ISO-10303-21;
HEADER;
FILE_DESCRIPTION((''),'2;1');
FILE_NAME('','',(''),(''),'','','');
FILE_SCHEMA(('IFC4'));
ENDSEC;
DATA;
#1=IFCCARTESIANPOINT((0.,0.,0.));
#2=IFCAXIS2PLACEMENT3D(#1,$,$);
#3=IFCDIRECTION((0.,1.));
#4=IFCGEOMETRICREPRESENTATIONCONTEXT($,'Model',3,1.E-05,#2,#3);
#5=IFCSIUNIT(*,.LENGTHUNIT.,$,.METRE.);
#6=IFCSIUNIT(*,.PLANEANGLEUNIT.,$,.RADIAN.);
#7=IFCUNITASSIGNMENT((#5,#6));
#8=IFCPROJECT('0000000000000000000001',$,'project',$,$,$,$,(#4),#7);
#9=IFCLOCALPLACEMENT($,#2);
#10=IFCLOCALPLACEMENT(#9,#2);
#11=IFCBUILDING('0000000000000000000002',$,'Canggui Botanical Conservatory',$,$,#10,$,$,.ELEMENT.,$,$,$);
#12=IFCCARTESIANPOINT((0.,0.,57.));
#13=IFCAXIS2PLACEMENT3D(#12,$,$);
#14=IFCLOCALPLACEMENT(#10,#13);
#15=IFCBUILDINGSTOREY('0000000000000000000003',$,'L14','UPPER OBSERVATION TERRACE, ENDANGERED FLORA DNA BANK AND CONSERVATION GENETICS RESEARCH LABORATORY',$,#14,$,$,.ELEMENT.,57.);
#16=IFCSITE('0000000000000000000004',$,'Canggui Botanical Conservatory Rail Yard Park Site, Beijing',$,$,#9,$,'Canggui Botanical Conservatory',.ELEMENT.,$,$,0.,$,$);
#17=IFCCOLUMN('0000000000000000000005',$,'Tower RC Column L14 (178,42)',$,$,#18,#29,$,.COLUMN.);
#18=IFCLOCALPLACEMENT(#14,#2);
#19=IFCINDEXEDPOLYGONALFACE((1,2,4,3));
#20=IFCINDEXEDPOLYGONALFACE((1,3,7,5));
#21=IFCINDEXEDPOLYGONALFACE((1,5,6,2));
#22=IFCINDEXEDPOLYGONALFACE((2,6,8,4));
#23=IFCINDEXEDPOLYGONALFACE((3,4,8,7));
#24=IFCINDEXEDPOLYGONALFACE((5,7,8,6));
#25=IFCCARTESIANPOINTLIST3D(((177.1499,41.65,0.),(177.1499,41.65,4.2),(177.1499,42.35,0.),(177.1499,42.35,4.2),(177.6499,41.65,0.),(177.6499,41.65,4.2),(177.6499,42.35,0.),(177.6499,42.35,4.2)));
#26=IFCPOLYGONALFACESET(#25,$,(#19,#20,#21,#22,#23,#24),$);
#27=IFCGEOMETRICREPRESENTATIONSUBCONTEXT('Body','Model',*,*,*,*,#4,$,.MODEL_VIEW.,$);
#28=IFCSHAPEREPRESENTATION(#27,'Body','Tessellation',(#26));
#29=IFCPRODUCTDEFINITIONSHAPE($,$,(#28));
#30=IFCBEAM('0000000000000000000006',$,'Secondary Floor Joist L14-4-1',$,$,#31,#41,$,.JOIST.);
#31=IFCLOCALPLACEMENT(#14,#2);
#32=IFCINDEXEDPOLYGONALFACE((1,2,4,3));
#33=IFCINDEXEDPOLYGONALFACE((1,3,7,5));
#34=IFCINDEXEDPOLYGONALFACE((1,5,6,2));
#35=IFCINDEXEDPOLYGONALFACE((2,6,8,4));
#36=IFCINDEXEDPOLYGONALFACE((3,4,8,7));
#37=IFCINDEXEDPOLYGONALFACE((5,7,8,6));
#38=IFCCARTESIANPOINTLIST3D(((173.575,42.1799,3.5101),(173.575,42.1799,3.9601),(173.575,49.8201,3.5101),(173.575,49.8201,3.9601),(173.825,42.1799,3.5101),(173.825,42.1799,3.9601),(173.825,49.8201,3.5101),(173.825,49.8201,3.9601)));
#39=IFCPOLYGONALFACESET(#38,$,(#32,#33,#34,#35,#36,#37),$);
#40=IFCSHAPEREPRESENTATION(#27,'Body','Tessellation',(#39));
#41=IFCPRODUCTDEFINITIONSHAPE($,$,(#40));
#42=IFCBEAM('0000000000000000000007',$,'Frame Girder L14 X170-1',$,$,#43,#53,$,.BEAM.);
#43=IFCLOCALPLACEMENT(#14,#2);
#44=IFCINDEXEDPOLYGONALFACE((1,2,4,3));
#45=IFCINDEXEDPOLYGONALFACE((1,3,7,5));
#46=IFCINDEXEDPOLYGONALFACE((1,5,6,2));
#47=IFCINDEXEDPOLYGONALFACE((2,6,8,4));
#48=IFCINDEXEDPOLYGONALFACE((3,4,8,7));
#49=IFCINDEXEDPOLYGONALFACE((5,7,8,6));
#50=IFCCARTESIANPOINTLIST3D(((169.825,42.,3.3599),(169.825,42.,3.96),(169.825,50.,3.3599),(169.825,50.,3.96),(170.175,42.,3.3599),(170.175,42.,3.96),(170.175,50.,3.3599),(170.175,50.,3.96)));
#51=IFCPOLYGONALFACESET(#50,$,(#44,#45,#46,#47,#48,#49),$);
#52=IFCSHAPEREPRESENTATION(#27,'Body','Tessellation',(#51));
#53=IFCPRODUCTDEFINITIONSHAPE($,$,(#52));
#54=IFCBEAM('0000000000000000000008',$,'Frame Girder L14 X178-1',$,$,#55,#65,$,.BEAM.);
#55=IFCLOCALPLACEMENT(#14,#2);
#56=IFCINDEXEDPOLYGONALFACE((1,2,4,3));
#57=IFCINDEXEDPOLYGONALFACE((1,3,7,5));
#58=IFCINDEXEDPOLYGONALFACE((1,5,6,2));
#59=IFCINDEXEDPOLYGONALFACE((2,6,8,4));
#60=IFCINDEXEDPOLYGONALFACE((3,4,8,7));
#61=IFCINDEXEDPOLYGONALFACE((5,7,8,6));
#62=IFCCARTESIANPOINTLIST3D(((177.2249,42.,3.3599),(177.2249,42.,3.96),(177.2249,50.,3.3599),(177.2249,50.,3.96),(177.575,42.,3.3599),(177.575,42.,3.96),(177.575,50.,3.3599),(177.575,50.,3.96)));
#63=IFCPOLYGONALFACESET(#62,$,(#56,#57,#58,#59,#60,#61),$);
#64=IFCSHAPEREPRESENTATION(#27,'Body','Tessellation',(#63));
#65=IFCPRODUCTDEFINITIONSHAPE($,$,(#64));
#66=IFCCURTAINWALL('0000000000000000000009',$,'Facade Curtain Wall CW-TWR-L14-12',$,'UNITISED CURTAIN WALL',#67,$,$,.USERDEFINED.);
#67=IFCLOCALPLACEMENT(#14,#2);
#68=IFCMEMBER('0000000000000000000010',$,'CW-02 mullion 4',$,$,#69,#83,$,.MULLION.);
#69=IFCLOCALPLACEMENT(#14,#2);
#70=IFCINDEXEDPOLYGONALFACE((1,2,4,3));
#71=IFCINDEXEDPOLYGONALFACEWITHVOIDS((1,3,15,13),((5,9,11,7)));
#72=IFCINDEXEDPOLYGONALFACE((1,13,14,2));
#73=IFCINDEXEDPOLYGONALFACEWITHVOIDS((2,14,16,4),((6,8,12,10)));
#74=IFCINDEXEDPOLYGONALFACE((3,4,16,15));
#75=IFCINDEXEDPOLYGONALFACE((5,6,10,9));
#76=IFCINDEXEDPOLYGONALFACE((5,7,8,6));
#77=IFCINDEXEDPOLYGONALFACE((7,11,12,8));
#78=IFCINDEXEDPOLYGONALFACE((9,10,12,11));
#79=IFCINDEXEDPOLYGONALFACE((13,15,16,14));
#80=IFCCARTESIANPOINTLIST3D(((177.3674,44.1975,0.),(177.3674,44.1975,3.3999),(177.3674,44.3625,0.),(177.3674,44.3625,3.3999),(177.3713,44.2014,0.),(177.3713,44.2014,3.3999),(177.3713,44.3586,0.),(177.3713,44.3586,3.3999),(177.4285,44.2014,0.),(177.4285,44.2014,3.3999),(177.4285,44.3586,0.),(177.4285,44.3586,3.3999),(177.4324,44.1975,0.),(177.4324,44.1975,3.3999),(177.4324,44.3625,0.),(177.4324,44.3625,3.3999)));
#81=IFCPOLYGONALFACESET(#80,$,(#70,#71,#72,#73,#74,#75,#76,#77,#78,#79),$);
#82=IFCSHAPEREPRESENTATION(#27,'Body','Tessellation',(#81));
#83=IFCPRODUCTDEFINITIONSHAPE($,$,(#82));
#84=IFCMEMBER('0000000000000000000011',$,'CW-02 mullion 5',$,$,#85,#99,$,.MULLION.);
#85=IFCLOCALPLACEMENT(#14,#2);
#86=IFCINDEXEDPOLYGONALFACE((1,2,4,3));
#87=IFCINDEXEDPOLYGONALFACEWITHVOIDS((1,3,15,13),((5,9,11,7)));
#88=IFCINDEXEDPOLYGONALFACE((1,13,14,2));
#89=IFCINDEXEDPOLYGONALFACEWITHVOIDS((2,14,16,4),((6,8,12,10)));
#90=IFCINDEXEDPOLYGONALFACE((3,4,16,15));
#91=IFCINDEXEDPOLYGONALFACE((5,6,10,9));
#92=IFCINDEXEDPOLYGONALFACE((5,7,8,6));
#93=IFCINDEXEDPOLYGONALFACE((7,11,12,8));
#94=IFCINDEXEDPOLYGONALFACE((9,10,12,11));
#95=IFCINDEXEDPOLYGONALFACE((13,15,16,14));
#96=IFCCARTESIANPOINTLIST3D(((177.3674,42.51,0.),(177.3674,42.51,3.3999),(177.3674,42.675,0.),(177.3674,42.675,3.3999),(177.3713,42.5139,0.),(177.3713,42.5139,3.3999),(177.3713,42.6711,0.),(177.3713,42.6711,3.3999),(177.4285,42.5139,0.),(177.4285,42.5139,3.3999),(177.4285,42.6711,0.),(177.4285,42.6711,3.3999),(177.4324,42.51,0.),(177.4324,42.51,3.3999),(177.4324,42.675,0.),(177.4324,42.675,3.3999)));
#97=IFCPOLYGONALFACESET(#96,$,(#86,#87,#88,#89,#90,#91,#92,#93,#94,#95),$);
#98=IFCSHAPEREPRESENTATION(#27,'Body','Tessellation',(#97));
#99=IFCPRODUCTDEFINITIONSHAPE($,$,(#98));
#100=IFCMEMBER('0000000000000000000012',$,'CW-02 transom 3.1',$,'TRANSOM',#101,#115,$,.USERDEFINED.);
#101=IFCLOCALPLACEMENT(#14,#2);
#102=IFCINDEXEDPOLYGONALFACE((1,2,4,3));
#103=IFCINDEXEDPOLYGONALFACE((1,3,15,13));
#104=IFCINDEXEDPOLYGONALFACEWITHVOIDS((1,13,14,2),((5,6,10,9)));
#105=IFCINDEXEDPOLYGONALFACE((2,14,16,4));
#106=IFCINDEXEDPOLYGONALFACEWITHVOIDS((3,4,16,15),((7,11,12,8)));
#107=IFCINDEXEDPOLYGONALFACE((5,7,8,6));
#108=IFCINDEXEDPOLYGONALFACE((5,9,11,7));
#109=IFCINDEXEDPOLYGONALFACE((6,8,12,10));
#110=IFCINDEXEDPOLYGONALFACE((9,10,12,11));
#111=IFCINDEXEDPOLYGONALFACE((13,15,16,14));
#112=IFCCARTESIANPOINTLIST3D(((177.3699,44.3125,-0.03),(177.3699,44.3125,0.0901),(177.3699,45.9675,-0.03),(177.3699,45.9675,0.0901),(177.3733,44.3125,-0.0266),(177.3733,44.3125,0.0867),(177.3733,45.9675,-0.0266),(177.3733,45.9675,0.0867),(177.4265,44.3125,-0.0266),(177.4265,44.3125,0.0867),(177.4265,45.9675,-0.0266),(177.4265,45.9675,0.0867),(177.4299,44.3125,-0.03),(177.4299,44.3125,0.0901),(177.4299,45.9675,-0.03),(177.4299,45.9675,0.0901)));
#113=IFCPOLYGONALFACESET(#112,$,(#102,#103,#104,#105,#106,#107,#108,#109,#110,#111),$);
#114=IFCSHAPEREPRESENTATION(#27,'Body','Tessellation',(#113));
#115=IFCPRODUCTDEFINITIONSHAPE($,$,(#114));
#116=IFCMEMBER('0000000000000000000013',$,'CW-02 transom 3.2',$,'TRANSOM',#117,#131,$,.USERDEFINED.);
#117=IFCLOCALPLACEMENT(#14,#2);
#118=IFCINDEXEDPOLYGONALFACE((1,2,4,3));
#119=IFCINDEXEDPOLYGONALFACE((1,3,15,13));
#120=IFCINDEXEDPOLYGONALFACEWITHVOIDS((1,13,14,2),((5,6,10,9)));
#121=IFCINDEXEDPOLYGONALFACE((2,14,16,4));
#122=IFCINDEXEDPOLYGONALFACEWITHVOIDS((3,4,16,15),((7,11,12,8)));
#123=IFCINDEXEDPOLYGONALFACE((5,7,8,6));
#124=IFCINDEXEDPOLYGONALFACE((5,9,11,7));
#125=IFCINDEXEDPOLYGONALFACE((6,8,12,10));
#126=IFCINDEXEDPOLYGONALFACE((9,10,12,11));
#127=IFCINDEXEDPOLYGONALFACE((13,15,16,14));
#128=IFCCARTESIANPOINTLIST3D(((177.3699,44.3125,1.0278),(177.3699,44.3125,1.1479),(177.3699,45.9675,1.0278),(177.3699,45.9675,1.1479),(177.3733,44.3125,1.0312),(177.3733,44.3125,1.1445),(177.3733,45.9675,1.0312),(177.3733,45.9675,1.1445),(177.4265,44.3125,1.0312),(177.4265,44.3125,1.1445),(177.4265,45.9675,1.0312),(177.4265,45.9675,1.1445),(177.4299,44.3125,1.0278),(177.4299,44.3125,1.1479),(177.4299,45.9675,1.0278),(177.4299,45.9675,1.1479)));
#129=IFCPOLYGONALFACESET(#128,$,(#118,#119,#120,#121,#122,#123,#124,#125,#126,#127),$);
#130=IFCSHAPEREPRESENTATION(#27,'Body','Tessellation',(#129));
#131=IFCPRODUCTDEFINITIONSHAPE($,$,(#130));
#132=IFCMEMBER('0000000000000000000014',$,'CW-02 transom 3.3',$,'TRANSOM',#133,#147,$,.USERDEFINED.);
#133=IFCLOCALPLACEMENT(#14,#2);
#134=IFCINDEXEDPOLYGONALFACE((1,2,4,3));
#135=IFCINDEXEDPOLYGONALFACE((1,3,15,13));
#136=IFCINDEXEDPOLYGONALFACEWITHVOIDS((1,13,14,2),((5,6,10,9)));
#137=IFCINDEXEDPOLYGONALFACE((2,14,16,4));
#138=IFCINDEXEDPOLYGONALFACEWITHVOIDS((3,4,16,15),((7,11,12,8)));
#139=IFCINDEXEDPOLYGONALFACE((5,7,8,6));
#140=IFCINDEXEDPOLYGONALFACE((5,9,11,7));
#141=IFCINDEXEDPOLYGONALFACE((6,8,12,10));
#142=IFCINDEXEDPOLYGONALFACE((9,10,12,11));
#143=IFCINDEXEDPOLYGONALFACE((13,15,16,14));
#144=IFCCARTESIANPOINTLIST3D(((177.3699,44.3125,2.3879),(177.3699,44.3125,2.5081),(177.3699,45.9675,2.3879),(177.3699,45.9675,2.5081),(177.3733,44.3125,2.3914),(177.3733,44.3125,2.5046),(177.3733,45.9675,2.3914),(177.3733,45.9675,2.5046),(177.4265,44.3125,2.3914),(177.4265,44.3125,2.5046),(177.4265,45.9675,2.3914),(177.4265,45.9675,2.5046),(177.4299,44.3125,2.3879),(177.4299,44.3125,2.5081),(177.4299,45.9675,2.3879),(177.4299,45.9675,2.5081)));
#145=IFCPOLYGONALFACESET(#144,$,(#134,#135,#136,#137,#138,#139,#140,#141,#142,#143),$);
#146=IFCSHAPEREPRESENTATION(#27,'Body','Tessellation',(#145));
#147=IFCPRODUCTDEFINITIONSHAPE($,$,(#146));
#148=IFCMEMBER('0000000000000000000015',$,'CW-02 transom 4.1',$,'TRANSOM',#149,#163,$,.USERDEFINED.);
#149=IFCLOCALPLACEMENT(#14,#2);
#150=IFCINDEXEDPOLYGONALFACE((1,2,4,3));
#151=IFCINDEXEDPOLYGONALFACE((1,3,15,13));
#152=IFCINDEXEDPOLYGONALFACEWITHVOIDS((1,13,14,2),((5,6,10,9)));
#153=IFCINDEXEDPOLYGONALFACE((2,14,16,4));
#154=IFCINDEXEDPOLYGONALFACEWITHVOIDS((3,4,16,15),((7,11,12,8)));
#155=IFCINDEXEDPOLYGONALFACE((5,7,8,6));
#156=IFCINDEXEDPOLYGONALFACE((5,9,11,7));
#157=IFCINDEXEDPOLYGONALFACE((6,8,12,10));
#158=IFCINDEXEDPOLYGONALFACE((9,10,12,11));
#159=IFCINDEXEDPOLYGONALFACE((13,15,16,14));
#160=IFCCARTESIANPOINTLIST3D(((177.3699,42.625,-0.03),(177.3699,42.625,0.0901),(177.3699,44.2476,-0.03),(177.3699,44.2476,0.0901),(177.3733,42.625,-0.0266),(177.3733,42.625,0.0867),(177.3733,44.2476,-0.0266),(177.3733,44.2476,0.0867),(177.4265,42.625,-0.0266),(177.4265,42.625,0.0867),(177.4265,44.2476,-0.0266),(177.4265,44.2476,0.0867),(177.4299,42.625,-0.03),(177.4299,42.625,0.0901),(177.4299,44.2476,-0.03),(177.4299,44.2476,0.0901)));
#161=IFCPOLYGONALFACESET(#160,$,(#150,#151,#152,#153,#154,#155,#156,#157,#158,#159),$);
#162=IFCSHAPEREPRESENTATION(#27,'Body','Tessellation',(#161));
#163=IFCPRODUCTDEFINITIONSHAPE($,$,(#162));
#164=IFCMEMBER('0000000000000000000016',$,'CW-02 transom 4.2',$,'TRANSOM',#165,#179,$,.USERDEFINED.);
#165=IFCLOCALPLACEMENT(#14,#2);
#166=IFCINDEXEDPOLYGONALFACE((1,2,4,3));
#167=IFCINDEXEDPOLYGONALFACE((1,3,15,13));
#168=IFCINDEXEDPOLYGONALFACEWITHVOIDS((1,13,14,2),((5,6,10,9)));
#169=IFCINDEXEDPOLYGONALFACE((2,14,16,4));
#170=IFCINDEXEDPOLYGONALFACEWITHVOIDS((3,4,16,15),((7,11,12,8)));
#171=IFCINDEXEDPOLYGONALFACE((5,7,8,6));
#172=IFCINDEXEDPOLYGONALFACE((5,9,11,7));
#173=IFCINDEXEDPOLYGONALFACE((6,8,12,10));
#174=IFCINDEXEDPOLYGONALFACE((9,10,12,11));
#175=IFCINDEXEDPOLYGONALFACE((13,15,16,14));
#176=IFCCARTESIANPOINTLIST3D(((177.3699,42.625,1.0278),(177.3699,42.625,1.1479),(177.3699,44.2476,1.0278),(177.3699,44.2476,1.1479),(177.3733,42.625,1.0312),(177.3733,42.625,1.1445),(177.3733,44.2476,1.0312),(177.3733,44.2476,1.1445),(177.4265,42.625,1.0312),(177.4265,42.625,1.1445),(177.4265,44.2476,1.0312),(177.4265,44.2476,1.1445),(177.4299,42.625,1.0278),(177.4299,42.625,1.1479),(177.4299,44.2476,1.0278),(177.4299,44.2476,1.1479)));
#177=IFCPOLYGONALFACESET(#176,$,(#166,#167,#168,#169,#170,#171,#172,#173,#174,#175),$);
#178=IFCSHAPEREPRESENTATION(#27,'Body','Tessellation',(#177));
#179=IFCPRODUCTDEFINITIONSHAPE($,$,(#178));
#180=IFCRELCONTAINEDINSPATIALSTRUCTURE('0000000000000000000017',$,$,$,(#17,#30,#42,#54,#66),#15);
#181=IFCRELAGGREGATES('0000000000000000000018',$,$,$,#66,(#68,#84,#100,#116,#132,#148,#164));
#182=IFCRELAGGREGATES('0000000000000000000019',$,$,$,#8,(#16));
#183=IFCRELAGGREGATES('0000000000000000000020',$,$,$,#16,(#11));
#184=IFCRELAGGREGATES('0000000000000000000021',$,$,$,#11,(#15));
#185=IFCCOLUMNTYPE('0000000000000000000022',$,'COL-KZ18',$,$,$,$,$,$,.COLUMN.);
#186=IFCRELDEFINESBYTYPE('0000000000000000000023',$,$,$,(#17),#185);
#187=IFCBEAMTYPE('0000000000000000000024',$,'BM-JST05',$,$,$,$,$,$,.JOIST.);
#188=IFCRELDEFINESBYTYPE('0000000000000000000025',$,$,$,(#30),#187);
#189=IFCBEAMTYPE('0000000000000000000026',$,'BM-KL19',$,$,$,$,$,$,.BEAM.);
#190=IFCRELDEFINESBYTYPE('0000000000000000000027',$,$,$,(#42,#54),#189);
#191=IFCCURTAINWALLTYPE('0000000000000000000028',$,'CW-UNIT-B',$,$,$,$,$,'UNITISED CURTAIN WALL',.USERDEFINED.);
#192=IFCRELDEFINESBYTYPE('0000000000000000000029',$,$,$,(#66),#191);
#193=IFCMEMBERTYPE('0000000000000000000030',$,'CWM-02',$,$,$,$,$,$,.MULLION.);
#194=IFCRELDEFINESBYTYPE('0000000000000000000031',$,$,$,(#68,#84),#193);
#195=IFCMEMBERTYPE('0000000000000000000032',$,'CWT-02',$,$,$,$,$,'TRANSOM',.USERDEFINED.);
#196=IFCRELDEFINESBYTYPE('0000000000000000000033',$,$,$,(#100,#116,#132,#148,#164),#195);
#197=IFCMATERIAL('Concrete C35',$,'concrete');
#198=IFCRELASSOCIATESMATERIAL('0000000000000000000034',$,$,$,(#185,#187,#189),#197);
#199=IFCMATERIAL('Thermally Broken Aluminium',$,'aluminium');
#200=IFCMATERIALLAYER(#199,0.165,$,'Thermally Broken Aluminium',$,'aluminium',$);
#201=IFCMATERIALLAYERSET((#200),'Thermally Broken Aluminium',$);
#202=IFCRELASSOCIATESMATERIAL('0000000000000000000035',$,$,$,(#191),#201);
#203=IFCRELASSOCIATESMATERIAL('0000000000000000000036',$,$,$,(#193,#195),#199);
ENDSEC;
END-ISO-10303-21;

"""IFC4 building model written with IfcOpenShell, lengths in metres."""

from ifc_helpers import new_model, si_unit, direction, frame, origin, origin_2d, place, context, subcontext, project, spatial, rectangle, hollow_rectangle, extrude, material, layer, layer_set, material_profile, profile_set, type_object, element, aggregate, save


model = new_model("IFC4")

# Units and contexts
model_context = context("Model", 3, precision=1e-05, world=origin(), true_north=direction((0.0, 1.0)))
body_context = subcontext(model_context, "Body", "Model", "MODEL_VIEW")
ifc_project = project(units=[si_unit("LENGTHUNIT", "METRE"), si_unit("PLANEANGLEUNIT", "RADIAN")], contexts=[model_context])

# Site, building, storey
site_placement = place(None, origin())
site = spatial("IfcSite", under=ifc_project, at=site_placement, Name="Canggui Botanical Conservatory Rail Yard Park Site, Beijing", LongName="Canggui Botanical Conservatory", CompositionType="ELEMENT", RefElevation=0.0)
building_placement = place(site_placement, origin())
building = spatial("IfcBuilding", under=site, at=building_placement, Name="Canggui Botanical Conservatory", CompositionType="ELEMENT")
storey_placement = place(building_placement, frame((0.0, 0.0, 57.0)))
storey = spatial("IfcBuildingStorey", under=building, at=storey_placement, Name="L14", Description="UPPER OBSERVATION TERRACE, ENDANGERED FLORA DNA BANK AND CONSERVATION GENETICS RESEARCH LABORATORY", CompositionType="ELEMENT", Elevation=57.0)

# Column
ifc_material_1 = material(Name="Concrete C35", Category="concrete")
ifc_material_profile_1 = material_profile(ifc_material_1, rectangle(XDim=0.5, YDim=0.7, at=origin_2d()), Name="RC 500x700")
ifc_profile_set_1 = profile_set([ifc_material_profile_1], Name="Concrete C35")
column_type = type_object("IfcColumnType", Name="COL-KZ18", PredefinedType="COLUMN", material=ifc_profile_set_1)
column_placement = place(storey_placement, frame((177.3999, 42.0, 0.0), z_axis=(0.0, 0.0, 1.0), x_axis=(1.0, 0.0, 0.0)))
element("IfcColumn", 1, at=column_placement, inside=storey, type_object=column_type, Name="Tower RC Column L14 (178,42)", PredefinedType="COLUMN", context=body_context, shape_type="SweptSolid", body=[
    extrude(rectangle(XDim=0.5, YDim=0.7, at=origin_2d()), origin(), (0.0, 0.0, 1.0), 4.2),
])

# Beams
ifc_material_profile_2 = material_profile(ifc_material_1, rectangle(XDim=0.25, YDim=0.45, at=origin_2d()), Name="RB 250x450")
ifc_profile_set_2 = profile_set([ifc_material_profile_2], Name="Concrete C35")
beam_type_1 = type_object("IfcBeamType", Name="BM-JST05", PredefinedType="JOIST", material=ifc_profile_set_2)
beam_placement = place(storey_placement, frame((173.7, 42.1799, 3.7351), z_axis=(0.0, 1.0, 0.0), x_axis=(-1.0, 0.0, 0.0)))
element("IfcBeam", 2, at=beam_placement, inside=storey, type_object=beam_type_1, Name="Secondary Floor Joist L14-4-1", PredefinedType="JOIST", context=body_context, shape_type="SweptSolid", body=[
    extrude(rectangle(XDim=0.25, YDim=0.45, at=origin_2d()), origin(), (0.0, 0.0, 1.0), 7.6401),
])
ifc_material_profile_3 = material_profile(ifc_material_1, rectangle(XDim=0.3501, YDim=0.6001, at=origin_2d()), Name="RB 350x600")
ifc_profile_set_3 = profile_set([ifc_material_profile_3], Name="Concrete C35")
beam_type_2 = type_object("IfcBeamType", Name="BM-KL19", PredefinedType="BEAM", material=ifc_profile_set_3)
for number, where, z_axis, x_axis, name in (
    (3, (170.0, 42.0, 3.6599), (0.0, 1.0, 0.0), (-1.0, 0.0, 0.0), "Frame Girder L14 X170-1"),
    (4, (177.3999, 42.0, 3.6599), (0.0, 1.0, 0.0), (-1.0, 0.0, 0.0), "Frame Girder L14 X178-1"),
):
    element("IfcBeam", number, at=place(storey_placement, frame(where, z_axis=z_axis, x_axis=x_axis)), inside=storey, type_object=beam_type_2, Name=name, PredefinedType="BEAM", context=body_context, shape_type="SweptSolid", body=[
        extrude(rectangle(XDim=0.3501, YDim=0.6001, at=origin_2d()), origin(), (0.0, 0.0, 1.0), 8.0),
    ])

# Curtain wall, members
ifc_material_2 = material(Name="Thermally Broken Aluminium", Category="aluminium")
ifc_layer_1 = layer(ifc_material_2, 0.165, Name="Thermally Broken Aluminium", Category="aluminium")
ifc_layer_set_1 = layer_set([ifc_layer_1], Name="Thermally Broken Aluminium")
curtain_wall_type = type_object("IfcCurtainWallType", Name="CW-UNIT-B", ElementType="UNITISED CURTAIN WALL", PredefinedType="USERDEFINED", material=ifc_layer_set_1)
curtain_wall_placement = place(storey_placement, origin())
curtain_wall = element("IfcCurtainWall", 5, at=curtain_wall_placement, inside=storey, type_object=curtain_wall_type, Name="Facade Curtain Wall CW-TWR-L14-12", ObjectType="UNITISED CURTAIN WALL", PredefinedType="USERDEFINED")
ifc_material_profile_4 = material_profile(ifc_material_2, hollow_rectangle(XDim=0.0649, YDim=0.165, WallThickness=0.0039, at=origin_2d()), Name="CWM 65x165x4")
ifc_profile_set_4 = profile_set([ifc_material_profile_4], Name="Thermally Broken Aluminium")
member_type_1 = type_object("IfcMemberType", Name="CWM-02", PredefinedType="MULLION", material=ifc_profile_set_4)
member_1_placement = place(storey_placement, frame((177.3999, 44.28, 0.0), z_axis=(0.0, 0.0, 1.0), x_axis=(1.0, 0.0, 0.0)))
member_1 = element("IfcMember", 6, at=member_1_placement, type_object=member_type_1, Name="CW-02 mullion 4", PredefinedType="MULLION", context=body_context, shape_type="SweptSolid", body=[
    extrude(hollow_rectangle(XDim=0.0649, YDim=0.165, WallThickness=0.0039, at=origin_2d()), origin(), (0.0, 0.0, 1.0), 3.3999),
])
member_2_placement = place(storey_placement, frame((177.3999, 42.5925, 0.0), z_axis=(0.0, 0.0, 1.0), x_axis=(1.0, 0.0, 0.0)))
member_2 = element("IfcMember", 7, at=member_2_placement, type_object=member_type_1, Name="CW-02 mullion 5", PredefinedType="MULLION", context=body_context, shape_type="SweptSolid", body=[
    extrude(hollow_rectangle(XDim=0.0649, YDim=0.165, WallThickness=0.0039, at=origin_2d()), origin(), (0.0, 0.0, 1.0), 3.3999),
])
ifc_material_profile_5 = material_profile(ifc_material_2, hollow_rectangle(XDim=0.0601, YDim=0.1201, WallThickness=0.0034, at=origin_2d()), Name="CWT 60x120x3.5")
ifc_profile_set_5 = profile_set([ifc_material_profile_5], Name="Thermally Broken Aluminium")
member_type_2 = type_object("IfcMemberType", Name="CWT-02", ElementType="TRANSOM", PredefinedType="USERDEFINED", material=ifc_profile_set_5)
member_3_placement = place(storey_placement, frame((177.3999, 45.9675, 0.03), z_axis=(0.0, -1.0, 0.0), x_axis=(1.0, 0.0, 0.0)))
member_3 = element("IfcMember", 8, at=member_3_placement, type_object=member_type_2, Name="CW-02 transom 3.1", ObjectType="TRANSOM", PredefinedType="USERDEFINED", context=body_context, shape_type="SweptSolid", body=[
    extrude(hollow_rectangle(XDim=0.0601, YDim=0.1201, WallThickness=0.0034, at=origin_2d()), origin(), (0.0, 0.0, 1.0), 1.655),
])
member_4_placement = place(storey_placement, frame((177.3999, 45.9675, 1.0879), z_axis=(0.0, -1.0, 0.0), x_axis=(1.0, 0.0, 0.0)))
member_4 = element("IfcMember", 9, at=member_4_placement, type_object=member_type_2, Name="CW-02 transom 3.2", ObjectType="TRANSOM", PredefinedType="USERDEFINED", context=body_context, shape_type="SweptSolid", body=[
    extrude(hollow_rectangle(XDim=0.0601, YDim=0.1201, WallThickness=0.0034, at=origin_2d()), origin(), (0.0, 0.0, 1.0), 1.655),
])
member_5_placement = place(storey_placement, frame((177.3999, 45.9675, 2.448), z_axis=(0.0, -1.0, 0.0), x_axis=(1.0, 0.0, 0.0)))
member_5 = element("IfcMember", 10, at=member_5_placement, type_object=member_type_2, Name="CW-02 transom 3.3", ObjectType="TRANSOM", PredefinedType="USERDEFINED", context=body_context, shape_type="SweptSolid", body=[
    extrude(hollow_rectangle(XDim=0.0601, YDim=0.1201, WallThickness=0.0034, at=origin_2d()), origin(), (0.0, 0.0, 1.0), 1.655),
])
member_6_placement = place(storey_placement, frame((177.3999, 44.2476, 0.03), z_axis=(0.0, -1.0, 0.0), x_axis=(1.0, 0.0, 0.0)))
member_6 = element("IfcMember", 11, at=member_6_placement, type_object=member_type_2, Name="CW-02 transom 4.1", ObjectType="TRANSOM", PredefinedType="USERDEFINED", context=body_context, shape_type="SweptSolid", body=[
    extrude(hollow_rectangle(XDim=0.0601, YDim=0.1201, WallThickness=0.0034, at=origin_2d()), origin(), (0.0, 0.0, 1.0), 1.6226),
])
member_7_placement = place(storey_placement, frame((177.3999, 44.2476, 1.0879), z_axis=(0.0, -1.0, 0.0), x_axis=(1.0, 0.0, 0.0)))
member_7 = element("IfcMember", 12, at=member_7_placement, type_object=member_type_2, Name="CW-02 transom 4.2", ObjectType="TRANSOM", PredefinedType="USERDEFINED", context=body_context, shape_type="SweptSolid", body=[
    extrude(hollow_rectangle(XDim=0.0601, YDim=0.1201, WallThickness=0.0034, at=origin_2d()), origin(), (0.0, 0.0, 1.0), 1.6226),
])
aggregate(curtain_wall, [member_1, member_2, member_3, member_4, member_5, member_6, member_7])

save(model, "model.ifc")
